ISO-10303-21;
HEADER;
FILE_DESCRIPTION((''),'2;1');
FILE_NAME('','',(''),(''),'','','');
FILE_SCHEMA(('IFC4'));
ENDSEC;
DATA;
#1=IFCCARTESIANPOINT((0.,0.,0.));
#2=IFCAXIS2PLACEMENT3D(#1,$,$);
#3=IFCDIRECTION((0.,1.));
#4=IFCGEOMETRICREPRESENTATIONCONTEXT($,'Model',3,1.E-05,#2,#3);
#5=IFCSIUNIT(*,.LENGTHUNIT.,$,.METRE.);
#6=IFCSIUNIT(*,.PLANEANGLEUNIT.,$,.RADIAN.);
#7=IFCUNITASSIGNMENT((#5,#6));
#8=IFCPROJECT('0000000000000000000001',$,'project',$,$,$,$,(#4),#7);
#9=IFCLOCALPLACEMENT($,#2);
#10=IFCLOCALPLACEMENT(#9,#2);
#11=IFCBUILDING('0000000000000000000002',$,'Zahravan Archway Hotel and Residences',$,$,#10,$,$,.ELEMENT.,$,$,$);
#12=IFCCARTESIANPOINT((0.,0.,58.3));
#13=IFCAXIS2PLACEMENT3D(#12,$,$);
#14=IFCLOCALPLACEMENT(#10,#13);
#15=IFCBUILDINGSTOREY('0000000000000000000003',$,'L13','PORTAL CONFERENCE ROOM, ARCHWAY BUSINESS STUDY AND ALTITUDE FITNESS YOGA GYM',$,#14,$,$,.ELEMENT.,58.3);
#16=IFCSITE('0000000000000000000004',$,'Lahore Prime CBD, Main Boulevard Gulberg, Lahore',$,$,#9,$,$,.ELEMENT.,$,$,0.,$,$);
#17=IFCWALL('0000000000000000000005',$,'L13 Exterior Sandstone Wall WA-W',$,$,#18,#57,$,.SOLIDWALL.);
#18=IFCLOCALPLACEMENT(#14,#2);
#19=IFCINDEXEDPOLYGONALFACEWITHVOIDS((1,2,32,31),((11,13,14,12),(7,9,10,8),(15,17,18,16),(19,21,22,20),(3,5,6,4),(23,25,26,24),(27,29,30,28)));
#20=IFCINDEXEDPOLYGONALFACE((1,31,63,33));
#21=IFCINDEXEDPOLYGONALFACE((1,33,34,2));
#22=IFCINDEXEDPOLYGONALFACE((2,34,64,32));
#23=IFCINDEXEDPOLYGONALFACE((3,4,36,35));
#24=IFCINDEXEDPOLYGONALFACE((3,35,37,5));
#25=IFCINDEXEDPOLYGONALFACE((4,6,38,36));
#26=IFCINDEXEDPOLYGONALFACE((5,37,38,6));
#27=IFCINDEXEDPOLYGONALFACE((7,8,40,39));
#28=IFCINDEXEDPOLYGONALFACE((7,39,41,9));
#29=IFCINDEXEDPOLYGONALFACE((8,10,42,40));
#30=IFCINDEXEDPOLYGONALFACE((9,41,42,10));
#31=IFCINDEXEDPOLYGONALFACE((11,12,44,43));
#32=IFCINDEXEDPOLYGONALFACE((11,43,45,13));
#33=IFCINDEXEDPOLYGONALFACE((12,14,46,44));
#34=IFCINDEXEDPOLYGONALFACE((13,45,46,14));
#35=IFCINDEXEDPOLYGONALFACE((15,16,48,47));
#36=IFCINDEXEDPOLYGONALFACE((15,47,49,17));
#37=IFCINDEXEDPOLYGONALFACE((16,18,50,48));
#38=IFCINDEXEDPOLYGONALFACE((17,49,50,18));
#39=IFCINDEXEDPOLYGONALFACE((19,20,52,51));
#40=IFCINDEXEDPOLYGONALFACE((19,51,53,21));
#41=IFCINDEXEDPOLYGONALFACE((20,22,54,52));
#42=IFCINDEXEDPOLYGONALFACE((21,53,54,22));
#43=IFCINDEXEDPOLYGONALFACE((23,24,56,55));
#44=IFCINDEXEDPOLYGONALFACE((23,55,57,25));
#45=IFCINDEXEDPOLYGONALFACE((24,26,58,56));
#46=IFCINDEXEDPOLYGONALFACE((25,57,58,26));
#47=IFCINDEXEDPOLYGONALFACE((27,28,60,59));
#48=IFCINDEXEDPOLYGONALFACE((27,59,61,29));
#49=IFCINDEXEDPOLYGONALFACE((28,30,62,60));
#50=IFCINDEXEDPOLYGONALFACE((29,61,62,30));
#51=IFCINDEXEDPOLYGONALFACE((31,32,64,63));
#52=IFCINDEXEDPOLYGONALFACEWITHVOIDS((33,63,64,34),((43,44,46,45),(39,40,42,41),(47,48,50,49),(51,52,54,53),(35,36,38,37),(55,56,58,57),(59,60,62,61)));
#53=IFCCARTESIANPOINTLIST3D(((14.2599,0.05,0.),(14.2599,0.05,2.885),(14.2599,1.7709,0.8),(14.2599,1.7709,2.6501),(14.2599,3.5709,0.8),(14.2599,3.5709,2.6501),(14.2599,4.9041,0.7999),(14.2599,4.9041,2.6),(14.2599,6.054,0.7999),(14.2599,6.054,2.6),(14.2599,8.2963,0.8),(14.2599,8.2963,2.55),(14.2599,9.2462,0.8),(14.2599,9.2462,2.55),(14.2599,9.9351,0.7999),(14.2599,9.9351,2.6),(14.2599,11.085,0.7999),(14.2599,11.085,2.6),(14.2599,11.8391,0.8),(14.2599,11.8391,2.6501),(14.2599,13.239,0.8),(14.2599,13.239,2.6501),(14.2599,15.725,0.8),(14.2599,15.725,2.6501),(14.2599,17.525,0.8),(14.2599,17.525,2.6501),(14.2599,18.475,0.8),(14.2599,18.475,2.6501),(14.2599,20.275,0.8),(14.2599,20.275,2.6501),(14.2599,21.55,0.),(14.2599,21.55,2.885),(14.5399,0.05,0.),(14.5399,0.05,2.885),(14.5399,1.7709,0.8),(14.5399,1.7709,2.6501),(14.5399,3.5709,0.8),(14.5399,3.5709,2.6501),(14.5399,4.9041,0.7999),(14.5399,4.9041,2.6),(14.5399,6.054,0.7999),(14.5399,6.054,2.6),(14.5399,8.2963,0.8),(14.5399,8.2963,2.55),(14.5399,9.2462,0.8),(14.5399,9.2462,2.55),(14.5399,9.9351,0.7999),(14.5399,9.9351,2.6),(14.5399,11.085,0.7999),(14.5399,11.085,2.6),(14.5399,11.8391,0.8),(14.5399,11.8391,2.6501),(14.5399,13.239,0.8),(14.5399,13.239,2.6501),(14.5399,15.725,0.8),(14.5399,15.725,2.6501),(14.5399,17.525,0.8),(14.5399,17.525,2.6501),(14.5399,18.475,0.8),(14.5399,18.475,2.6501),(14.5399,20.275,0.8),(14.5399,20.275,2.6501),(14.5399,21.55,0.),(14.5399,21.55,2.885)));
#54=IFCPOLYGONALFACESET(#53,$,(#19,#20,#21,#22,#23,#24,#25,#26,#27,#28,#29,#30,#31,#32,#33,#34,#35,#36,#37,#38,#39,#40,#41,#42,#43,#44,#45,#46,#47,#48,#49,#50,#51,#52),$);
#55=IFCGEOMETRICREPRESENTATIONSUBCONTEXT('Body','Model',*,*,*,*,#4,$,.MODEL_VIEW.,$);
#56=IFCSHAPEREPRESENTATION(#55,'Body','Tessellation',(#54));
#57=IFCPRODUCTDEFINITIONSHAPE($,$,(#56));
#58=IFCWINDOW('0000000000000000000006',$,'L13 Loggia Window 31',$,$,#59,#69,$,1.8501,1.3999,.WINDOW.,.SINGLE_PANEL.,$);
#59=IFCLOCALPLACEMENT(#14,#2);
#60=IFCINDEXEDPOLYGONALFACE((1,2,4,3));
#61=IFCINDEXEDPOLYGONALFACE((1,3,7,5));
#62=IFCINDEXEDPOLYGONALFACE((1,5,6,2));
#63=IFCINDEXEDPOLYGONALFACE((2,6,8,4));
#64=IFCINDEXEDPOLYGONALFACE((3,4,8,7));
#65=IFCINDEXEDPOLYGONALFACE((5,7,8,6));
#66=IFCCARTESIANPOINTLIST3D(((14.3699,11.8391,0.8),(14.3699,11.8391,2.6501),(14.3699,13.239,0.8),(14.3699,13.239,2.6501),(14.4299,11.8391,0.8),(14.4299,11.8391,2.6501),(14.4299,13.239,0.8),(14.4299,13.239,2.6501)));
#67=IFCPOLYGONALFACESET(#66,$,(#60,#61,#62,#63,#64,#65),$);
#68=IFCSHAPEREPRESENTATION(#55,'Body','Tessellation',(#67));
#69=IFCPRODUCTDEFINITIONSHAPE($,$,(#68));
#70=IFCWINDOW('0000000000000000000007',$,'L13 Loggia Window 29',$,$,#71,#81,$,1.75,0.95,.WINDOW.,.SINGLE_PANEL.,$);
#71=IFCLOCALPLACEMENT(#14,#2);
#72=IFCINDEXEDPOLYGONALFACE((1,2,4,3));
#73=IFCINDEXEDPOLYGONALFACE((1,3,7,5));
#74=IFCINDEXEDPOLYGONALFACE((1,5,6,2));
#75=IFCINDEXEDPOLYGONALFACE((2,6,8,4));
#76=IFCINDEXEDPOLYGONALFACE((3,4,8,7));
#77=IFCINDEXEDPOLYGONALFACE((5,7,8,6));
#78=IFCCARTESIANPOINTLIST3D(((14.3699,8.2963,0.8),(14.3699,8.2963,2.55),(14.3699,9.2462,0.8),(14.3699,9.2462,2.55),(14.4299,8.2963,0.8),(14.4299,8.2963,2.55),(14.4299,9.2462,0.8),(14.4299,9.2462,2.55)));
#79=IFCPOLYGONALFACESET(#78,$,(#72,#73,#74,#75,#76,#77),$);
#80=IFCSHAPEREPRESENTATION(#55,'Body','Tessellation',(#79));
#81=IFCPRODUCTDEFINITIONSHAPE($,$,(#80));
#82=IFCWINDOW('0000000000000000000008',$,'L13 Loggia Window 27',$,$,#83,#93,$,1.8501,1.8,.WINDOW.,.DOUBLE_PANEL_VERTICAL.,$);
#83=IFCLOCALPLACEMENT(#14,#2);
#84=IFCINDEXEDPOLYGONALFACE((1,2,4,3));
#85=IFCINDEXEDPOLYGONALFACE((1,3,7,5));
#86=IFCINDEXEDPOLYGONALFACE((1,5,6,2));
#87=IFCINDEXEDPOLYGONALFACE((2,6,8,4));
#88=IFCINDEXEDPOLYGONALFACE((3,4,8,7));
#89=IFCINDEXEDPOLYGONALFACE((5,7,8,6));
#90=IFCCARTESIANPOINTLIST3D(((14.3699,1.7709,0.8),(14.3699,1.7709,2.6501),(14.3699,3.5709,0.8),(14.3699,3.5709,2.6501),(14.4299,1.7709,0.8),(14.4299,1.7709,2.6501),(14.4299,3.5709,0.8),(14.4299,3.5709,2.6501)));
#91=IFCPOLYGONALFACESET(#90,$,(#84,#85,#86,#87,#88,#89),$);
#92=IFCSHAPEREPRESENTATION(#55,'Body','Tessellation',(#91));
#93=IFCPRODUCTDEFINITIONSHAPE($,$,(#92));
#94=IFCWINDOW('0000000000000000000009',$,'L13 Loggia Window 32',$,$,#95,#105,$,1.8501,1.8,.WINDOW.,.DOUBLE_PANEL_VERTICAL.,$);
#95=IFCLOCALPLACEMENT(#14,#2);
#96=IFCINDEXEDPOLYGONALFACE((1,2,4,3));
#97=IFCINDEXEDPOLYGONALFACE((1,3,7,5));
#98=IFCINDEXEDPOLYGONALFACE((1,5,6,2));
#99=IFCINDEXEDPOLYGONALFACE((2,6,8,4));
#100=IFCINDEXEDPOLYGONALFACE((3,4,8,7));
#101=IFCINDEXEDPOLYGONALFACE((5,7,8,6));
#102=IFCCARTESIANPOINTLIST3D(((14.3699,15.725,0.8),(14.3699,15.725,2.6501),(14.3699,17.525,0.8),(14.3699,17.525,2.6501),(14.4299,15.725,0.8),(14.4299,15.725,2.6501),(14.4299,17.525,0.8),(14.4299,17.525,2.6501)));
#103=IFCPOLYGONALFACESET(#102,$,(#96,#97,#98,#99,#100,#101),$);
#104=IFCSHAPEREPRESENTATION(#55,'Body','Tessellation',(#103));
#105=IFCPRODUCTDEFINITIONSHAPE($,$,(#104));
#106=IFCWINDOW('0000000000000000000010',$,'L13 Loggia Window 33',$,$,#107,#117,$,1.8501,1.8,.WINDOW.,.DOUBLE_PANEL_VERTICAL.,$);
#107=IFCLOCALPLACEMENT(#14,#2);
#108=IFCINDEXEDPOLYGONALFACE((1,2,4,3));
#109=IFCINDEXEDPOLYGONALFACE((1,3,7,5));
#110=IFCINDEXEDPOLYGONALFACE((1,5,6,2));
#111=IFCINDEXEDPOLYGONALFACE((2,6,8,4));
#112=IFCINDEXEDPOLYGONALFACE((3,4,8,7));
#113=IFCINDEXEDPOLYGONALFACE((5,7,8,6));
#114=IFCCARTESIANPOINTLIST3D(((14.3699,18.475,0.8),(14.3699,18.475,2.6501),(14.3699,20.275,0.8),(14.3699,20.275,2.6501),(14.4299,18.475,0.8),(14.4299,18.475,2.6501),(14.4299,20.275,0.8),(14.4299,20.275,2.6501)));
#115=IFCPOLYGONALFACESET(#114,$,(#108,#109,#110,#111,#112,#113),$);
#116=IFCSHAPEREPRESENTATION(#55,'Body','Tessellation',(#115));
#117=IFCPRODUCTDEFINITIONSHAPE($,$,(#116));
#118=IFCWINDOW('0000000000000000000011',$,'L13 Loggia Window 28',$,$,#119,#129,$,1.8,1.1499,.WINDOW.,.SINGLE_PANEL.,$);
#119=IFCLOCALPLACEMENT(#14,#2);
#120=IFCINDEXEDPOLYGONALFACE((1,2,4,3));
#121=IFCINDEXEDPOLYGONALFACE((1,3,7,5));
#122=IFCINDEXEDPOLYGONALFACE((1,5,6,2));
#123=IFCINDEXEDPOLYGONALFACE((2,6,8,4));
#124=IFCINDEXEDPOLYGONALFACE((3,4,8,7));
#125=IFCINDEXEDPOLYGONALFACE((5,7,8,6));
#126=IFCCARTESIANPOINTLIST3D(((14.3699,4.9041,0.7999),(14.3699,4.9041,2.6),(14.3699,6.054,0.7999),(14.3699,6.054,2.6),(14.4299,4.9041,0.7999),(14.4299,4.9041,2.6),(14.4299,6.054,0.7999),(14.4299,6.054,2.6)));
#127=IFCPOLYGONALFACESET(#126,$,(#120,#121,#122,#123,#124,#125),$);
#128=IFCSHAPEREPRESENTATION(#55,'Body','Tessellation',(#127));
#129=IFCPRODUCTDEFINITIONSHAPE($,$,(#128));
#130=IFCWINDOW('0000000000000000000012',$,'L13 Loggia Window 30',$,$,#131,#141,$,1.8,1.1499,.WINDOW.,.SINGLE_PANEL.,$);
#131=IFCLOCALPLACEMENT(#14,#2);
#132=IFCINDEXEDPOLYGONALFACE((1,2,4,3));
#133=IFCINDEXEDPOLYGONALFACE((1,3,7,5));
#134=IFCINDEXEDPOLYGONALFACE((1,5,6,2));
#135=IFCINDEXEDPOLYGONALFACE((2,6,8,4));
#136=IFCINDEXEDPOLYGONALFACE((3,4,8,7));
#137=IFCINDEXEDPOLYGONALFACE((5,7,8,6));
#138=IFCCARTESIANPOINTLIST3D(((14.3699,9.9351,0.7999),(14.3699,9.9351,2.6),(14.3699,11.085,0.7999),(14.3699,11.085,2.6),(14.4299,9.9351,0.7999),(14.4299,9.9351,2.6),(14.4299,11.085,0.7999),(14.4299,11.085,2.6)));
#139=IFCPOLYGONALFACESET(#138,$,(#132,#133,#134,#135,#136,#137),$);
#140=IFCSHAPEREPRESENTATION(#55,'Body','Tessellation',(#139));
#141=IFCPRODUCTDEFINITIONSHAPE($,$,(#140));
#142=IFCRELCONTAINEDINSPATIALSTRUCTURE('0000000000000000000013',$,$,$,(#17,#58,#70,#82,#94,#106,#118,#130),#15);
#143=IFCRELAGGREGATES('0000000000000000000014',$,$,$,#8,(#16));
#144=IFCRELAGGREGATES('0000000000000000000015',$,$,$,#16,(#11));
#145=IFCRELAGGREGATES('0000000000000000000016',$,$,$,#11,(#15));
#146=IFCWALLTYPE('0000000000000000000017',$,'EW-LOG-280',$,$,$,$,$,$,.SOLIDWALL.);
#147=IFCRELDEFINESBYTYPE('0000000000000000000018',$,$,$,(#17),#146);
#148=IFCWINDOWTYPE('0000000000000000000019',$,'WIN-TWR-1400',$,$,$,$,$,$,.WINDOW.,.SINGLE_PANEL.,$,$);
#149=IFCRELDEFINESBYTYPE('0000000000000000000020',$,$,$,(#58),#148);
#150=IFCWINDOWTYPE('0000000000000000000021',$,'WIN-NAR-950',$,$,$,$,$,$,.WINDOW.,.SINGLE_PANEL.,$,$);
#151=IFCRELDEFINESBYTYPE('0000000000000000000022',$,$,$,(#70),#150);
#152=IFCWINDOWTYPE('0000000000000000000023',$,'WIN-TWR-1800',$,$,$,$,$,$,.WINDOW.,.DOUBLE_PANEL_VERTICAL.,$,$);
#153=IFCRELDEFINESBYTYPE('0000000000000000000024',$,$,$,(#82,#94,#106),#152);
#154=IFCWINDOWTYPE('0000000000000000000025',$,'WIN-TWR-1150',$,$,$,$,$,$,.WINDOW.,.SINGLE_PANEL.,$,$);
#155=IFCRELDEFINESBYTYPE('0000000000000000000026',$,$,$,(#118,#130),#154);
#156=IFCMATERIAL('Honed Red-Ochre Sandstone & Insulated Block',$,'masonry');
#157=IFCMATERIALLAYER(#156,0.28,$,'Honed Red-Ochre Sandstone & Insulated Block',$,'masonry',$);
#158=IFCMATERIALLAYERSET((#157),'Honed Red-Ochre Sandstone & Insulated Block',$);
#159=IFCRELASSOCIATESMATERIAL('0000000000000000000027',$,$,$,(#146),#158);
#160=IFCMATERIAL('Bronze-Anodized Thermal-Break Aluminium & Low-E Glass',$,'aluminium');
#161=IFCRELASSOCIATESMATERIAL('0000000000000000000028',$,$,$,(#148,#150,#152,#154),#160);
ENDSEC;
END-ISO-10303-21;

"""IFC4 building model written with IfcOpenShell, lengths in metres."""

from ifc_helpers import new_model, si_unit, direction, frame, frame_2d, origin, place, context, subcontext, project, spatial, rectangle, extrude, source, transform, mapped, material, layer, layer_set, type_object, type_shapes, element, fill, save


model = new_model("IFC4")

# Units and contexts
model_context = context("Model", 3, precision=1e-05, world=origin(), true_north=direction((0.0, 1.0)))
body_context = subcontext(model_context, "Body", "Model", "MODEL_VIEW")
ifc_project = project(units=[si_unit("LENGTHUNIT", "METRE"), si_unit("PLANEANGLEUNIT", "RADIAN")], contexts=[model_context])

# Site, building, storey
site_placement = place(None, origin())
site = spatial("IfcSite", under=ifc_project, at=site_placement, Name="Lahore Prime CBD, Main Boulevard Gulberg, Lahore", CompositionType="ELEMENT", RefElevation=0.0)
building_placement = place(site_placement, origin())
building = spatial("IfcBuilding", under=site, at=building_placement, Name="Zahravan Archway Hotel and Residences", CompositionType="ELEMENT")
storey_placement = place(building_placement, frame((0.0, 0.0, 58.3)))
storey = spatial("IfcBuildingStorey", under=building, at=storey_placement, Name="L13", Description="PORTAL CONFERENCE ROOM, ARCHWAY BUSINESS STUDY AND ALTITUDE FITNESS YOGA GYM", CompositionType="ELEMENT", Elevation=58.3)

# Shared definitions
ifc_material_1 = material(Name="Honed Red-Ochre Sandstone & Insulated Block", Category="masonry")
ifc_layer = layer(ifc_material_1, 0.28, Name="Honed Red-Ochre Sandstone & Insulated Block", Category="masonry")
ifc_layer_set = layer_set([ifc_layer], Name="Honed Red-Ochre Sandstone & Insulated Block")
wall_type = type_object("IfcWallType", Name="EW-LOG-280", PredefinedType="SOLIDWALL", material=ifc_layer_set)
ifc_material_2 = material(Name="Bronze-Anodized Thermal-Break Aluminium & Low-E Glass", Category="aluminium")
window_type_1 = type_object("IfcWindowType", Name="WIN-TWR-1400", PartitioningType="SINGLE_PANEL", PredefinedType="WINDOW", material=ifc_material_2)
shared_shape_1 = source(origin(), body_context, "Body", "SweptSolid", [
    extrude(rectangle(XDim=1.3999, YDim=1.8501, at=frame_2d((0.7, 0.925))), frame((0.0, 0.03, 0.0), z_axis=(0.0, -1.0, 0.0), x_axis=(1.0, 0.0, 0.0)), (0.0, 0.0, 1.0), 0.0601),
])
type_shapes(window_type_1, [shared_shape_1])
window_type_2 = type_object("IfcWindowType", Name="WIN-NAR-950", PartitioningType="SINGLE_PANEL", PredefinedType="WINDOW", material=ifc_material_2)
shared_shape_2 = source(origin(), body_context, "Body", "SweptSolid", [
    extrude(rectangle(XDim=0.95, YDim=1.75, at=frame_2d((0.4751, 0.875))), frame((0.0, 0.03, 0.0), z_axis=(0.0, -1.0, 0.0), x_axis=(1.0, 0.0, 0.0)), (0.0, 0.0, 1.0), 0.0601),
])
type_shapes(window_type_2, [shared_shape_2])
window_type_3 = type_object("IfcWindowType", Name="WIN-TWR-1800", PartitioningType="DOUBLE_PANEL_VERTICAL", PredefinedType="WINDOW", material=ifc_material_2)
shared_shape_3 = source(origin(), body_context, "Body", "SweptSolid", [
    extrude(rectangle(XDim=1.8, YDim=1.8501, at=frame_2d((0.8999, 0.925))), frame((0.0, 0.03, 0.0), z_axis=(0.0, -1.0, 0.0), x_axis=(1.0, 0.0, 0.0)), (0.0, 0.0, 1.0), 0.0601),
])
type_shapes(window_type_3, [shared_shape_3])

# Wall, openings, windows
wall_1_placement = place(storey_placement, frame((14.3999, 0.05, 0.0), z_axis=(0.0, 0.0, 1.0), x_axis=(0.0, 1.0, 0.0)))
wall_1 = element("IfcWall", 1, at=wall_1_placement, inside=storey, type_object=wall_type, Name="L13 Exterior Sandstone Wall WA-W", PredefinedType="SOLIDWALL", context=body_context, shape_type="SweptSolid", body=[
    extrude(rectangle(XDim=21.5, YDim=0.28, at=frame_2d((10.75, 0.0))), origin(), (0.0, 0.0, 1.0), 2.885),
])
opening_1_placement = place(wall_1_placement, frame((1.7209, 0.0, 0.8)))
opening_1 = element("IfcOpeningElement", 2, at=opening_1_placement, cuts=wall_1, PredefinedType="OPENING", context=body_context, shape_type="SweptSolid", body=[
    extrude(rectangle(XDim=1.8, YDim=1.8501, at=frame_2d((0.8999, 0.925))), frame((0.0, 0.1499, 0.0), z_axis=(0.0, -1.0, 0.0), x_axis=(1.0, 0.0, 0.0)), (0.0, 0.0, 1.0), 0.3),
])
opening_2_placement = place(wall_1_placement, frame((4.854, 0.0, 0.8)))
opening_2 = element("IfcOpeningElement", 3, at=opening_2_placement, cuts=wall_1, PredefinedType="OPENING", context=body_context, shape_type="SweptSolid", body=[
    extrude(rectangle(XDim=1.1499, YDim=1.8, at=frame_2d((0.575, 0.8999))), frame((0.0, 0.1499, 0.0), z_axis=(0.0, -1.0, 0.0), x_axis=(1.0, 0.0, 0.0)), (0.0, 0.0, 1.0), 0.3),
])
opening_3_placement = place(wall_1_placement, frame((8.2461, 0.0, 0.8)))
opening_3 = element("IfcOpeningElement", 4, at=opening_3_placement, cuts=wall_1, PredefinedType="OPENING", context=body_context, shape_type="SweptSolid", body=[
    extrude(rectangle(XDim=0.95, YDim=1.75, at=frame_2d((0.4751, 0.875))), frame((0.0, 0.1499, 0.0), z_axis=(0.0, -1.0, 0.0), x_axis=(1.0, 0.0, 0.0)), (0.0, 0.0, 1.0), 0.3),
])
opening_4_placement = place(wall_1_placement, frame((9.885, 0.0, 0.8)))
opening_4 = element("IfcOpeningElement", 5, at=opening_4_placement, cuts=wall_1, PredefinedType="OPENING", context=body_context, shape_type="SweptSolid", body=[
    extrude(rectangle(XDim=1.1499, YDim=1.8, at=frame_2d((0.575, 0.8999))), frame((0.0, 0.1499, 0.0), z_axis=(0.0, -1.0, 0.0), x_axis=(1.0, 0.0, 0.0)), (0.0, 0.0, 1.0), 0.3),
])
opening_5_placement = place(wall_1_placement, frame((11.7891, 0.0, 0.8)))
opening_5 = element("IfcOpeningElement", 6, at=opening_5_placement, cuts=wall_1, PredefinedType="OPENING", context=body_context, shape_type="SweptSolid", body=[
    extrude(rectangle(XDim=1.3999, YDim=1.8501, at=frame_2d((0.7, 0.925))), frame((0.0, 0.1499, 0.0), z_axis=(0.0, -1.0, 0.0), x_axis=(1.0, 0.0, 0.0)), (0.0, 0.0, 1.0), 0.3),
])
opening_6_placement = place(wall_1_placement, frame((15.675, 0.0, 0.8)))
opening_6 = element("IfcOpeningElement", 7, at=opening_6_placement, cuts=wall_1, PredefinedType="OPENING", context=body_context, shape_type="SweptSolid", body=[
    extrude(rectangle(XDim=1.8, YDim=1.8501, at=frame_2d((0.8999, 0.925))), frame((0.0, 0.1499, 0.0), z_axis=(0.0, -1.0, 0.0), x_axis=(1.0, 0.0, 0.0)), (0.0, 0.0, 1.0), 0.3),
])
opening_7_placement = place(wall_1_placement, frame((18.425, 0.0, 0.8)))
opening_7 = element("IfcOpeningElement", 8, at=opening_7_placement, cuts=wall_1, PredefinedType="OPENING", context=body_context, shape_type="SweptSolid", body=[
    extrude(rectangle(XDim=1.8, YDim=1.8501, at=frame_2d((0.8999, 0.925))), frame((0.0, 0.1499, 0.0), z_axis=(0.0, -1.0, 0.0), x_axis=(1.0, 0.0, 0.0)), (0.0, 0.0, 1.0), 0.3),
])
window_1_placement = place(opening_5_placement, origin())
window_1 = element("IfcWindow", 9, at=window_1_placement, inside=storey, type_object=window_type_1, Name="L13 Loggia Window 31", OverallHeight=1.8501, OverallWidth=1.3999, PartitioningType="SINGLE_PANEL", PredefinedType="WINDOW", context=body_context, shape_type="MappedRepresentation", body=[
    mapped(shared_shape_1, transform((0.0, 0.0, 0.0), scale=1.0)),
])
fill(opening_5, window_1)
window_2_placement = place(opening_3_placement, origin())
window_2 = element("IfcWindow", 10, at=window_2_placement, inside=storey, type_object=window_type_2, Name="L13 Loggia Window 29", OverallHeight=1.75, OverallWidth=0.95, PartitioningType="SINGLE_PANEL", PredefinedType="WINDOW", context=body_context, shape_type="MappedRepresentation", body=[
    mapped(shared_shape_2, transform((0.0, 0.0, 0.0), scale=1.0)),
])
fill(opening_3, window_2)
window_3_placement = place(opening_1_placement, origin())
window_3 = element("IfcWindow", 11, at=window_3_placement, inside=storey, type_object=window_type_3, Name="L13 Loggia Window 27", OverallHeight=1.8501, OverallWidth=1.8, PartitioningType="DOUBLE_PANEL_VERTICAL", PredefinedType="WINDOW", context=body_context, shape_type="MappedRepresentation", body=[
    mapped(shared_shape_3, transform((0.0, 0.0, 0.0), scale=1.0)),
])
fill(opening_1, window_3)
window_4_placement = place(opening_6_placement, origin())
window_4 = element("IfcWindow", 12, at=window_4_placement, inside=storey, type_object=window_type_3, Name="L13 Loggia Window 32", OverallHeight=1.8501, OverallWidth=1.8, PartitioningType="DOUBLE_PANEL_VERTICAL", PredefinedType="WINDOW", context=body_context, shape_type="MappedRepresentation", body=[
    mapped(shared_shape_3, transform((0.0, 0.0, 0.0), scale=1.0)),
])
fill(opening_6, window_4)
window_5_placement = place(opening_7_placement, origin())
window_5 = element("IfcWindow", 13, at=window_5_placement, inside=storey, type_object=window_type_3, Name="L13 Loggia Window 33", OverallHeight=1.8501, OverallWidth=1.8, PartitioningType="DOUBLE_PANEL_VERTICAL", PredefinedType="WINDOW", context=body_context, shape_type="MappedRepresentation", body=[
    mapped(shared_shape_3, transform((0.0, 0.0, 0.0), scale=1.0)),
])
fill(opening_7, window_5)
window_type_4 = type_object("IfcWindowType", Name="WIN-TWR-1150", PartitioningType="SINGLE_PANEL", PredefinedType="WINDOW", material=ifc_material_2)
shared_shape_4 = source(origin(), body_context, "Body", "SweptSolid", [
    extrude(rectangle(XDim=1.1499, YDim=1.8, at=frame_2d((0.575, 0.8999))), frame((0.0, 0.03, 0.0), z_axis=(0.0, -1.0, 0.0), x_axis=(1.0, 0.0, 0.0)), (0.0, 0.0, 1.0), 0.0601),
])
type_shapes(window_type_4, [shared_shape_4])
window_6_placement = place(opening_2_placement, origin())
window_6 = element("IfcWindow", 14, at=window_6_placement, inside=storey, type_object=window_type_4, Name="L13 Loggia Window 28", OverallHeight=1.8, OverallWidth=1.1499, PartitioningType="SINGLE_PANEL", PredefinedType="WINDOW", context=body_context, shape_type="MappedRepresentation", body=[
    mapped(shared_shape_4, transform((0.0, 0.0, 0.0), scale=1.0)),
])
fill(opening_2, window_6)
window_7_placement = place(opening_4_placement, origin())
window_7 = element("IfcWindow", 15, at=window_7_placement, inside=storey, type_object=window_type_4, Name="L13 Loggia Window 30", OverallHeight=1.8, OverallWidth=1.1499, PartitioningType="SINGLE_PANEL", PredefinedType="WINDOW", context=body_context, shape_type="MappedRepresentation", body=[
    mapped(shared_shape_4, transform((0.0, 0.0, 0.0), scale=1.0)),
])
fill(opening_4, window_7)

save(model, "model.ifc")
